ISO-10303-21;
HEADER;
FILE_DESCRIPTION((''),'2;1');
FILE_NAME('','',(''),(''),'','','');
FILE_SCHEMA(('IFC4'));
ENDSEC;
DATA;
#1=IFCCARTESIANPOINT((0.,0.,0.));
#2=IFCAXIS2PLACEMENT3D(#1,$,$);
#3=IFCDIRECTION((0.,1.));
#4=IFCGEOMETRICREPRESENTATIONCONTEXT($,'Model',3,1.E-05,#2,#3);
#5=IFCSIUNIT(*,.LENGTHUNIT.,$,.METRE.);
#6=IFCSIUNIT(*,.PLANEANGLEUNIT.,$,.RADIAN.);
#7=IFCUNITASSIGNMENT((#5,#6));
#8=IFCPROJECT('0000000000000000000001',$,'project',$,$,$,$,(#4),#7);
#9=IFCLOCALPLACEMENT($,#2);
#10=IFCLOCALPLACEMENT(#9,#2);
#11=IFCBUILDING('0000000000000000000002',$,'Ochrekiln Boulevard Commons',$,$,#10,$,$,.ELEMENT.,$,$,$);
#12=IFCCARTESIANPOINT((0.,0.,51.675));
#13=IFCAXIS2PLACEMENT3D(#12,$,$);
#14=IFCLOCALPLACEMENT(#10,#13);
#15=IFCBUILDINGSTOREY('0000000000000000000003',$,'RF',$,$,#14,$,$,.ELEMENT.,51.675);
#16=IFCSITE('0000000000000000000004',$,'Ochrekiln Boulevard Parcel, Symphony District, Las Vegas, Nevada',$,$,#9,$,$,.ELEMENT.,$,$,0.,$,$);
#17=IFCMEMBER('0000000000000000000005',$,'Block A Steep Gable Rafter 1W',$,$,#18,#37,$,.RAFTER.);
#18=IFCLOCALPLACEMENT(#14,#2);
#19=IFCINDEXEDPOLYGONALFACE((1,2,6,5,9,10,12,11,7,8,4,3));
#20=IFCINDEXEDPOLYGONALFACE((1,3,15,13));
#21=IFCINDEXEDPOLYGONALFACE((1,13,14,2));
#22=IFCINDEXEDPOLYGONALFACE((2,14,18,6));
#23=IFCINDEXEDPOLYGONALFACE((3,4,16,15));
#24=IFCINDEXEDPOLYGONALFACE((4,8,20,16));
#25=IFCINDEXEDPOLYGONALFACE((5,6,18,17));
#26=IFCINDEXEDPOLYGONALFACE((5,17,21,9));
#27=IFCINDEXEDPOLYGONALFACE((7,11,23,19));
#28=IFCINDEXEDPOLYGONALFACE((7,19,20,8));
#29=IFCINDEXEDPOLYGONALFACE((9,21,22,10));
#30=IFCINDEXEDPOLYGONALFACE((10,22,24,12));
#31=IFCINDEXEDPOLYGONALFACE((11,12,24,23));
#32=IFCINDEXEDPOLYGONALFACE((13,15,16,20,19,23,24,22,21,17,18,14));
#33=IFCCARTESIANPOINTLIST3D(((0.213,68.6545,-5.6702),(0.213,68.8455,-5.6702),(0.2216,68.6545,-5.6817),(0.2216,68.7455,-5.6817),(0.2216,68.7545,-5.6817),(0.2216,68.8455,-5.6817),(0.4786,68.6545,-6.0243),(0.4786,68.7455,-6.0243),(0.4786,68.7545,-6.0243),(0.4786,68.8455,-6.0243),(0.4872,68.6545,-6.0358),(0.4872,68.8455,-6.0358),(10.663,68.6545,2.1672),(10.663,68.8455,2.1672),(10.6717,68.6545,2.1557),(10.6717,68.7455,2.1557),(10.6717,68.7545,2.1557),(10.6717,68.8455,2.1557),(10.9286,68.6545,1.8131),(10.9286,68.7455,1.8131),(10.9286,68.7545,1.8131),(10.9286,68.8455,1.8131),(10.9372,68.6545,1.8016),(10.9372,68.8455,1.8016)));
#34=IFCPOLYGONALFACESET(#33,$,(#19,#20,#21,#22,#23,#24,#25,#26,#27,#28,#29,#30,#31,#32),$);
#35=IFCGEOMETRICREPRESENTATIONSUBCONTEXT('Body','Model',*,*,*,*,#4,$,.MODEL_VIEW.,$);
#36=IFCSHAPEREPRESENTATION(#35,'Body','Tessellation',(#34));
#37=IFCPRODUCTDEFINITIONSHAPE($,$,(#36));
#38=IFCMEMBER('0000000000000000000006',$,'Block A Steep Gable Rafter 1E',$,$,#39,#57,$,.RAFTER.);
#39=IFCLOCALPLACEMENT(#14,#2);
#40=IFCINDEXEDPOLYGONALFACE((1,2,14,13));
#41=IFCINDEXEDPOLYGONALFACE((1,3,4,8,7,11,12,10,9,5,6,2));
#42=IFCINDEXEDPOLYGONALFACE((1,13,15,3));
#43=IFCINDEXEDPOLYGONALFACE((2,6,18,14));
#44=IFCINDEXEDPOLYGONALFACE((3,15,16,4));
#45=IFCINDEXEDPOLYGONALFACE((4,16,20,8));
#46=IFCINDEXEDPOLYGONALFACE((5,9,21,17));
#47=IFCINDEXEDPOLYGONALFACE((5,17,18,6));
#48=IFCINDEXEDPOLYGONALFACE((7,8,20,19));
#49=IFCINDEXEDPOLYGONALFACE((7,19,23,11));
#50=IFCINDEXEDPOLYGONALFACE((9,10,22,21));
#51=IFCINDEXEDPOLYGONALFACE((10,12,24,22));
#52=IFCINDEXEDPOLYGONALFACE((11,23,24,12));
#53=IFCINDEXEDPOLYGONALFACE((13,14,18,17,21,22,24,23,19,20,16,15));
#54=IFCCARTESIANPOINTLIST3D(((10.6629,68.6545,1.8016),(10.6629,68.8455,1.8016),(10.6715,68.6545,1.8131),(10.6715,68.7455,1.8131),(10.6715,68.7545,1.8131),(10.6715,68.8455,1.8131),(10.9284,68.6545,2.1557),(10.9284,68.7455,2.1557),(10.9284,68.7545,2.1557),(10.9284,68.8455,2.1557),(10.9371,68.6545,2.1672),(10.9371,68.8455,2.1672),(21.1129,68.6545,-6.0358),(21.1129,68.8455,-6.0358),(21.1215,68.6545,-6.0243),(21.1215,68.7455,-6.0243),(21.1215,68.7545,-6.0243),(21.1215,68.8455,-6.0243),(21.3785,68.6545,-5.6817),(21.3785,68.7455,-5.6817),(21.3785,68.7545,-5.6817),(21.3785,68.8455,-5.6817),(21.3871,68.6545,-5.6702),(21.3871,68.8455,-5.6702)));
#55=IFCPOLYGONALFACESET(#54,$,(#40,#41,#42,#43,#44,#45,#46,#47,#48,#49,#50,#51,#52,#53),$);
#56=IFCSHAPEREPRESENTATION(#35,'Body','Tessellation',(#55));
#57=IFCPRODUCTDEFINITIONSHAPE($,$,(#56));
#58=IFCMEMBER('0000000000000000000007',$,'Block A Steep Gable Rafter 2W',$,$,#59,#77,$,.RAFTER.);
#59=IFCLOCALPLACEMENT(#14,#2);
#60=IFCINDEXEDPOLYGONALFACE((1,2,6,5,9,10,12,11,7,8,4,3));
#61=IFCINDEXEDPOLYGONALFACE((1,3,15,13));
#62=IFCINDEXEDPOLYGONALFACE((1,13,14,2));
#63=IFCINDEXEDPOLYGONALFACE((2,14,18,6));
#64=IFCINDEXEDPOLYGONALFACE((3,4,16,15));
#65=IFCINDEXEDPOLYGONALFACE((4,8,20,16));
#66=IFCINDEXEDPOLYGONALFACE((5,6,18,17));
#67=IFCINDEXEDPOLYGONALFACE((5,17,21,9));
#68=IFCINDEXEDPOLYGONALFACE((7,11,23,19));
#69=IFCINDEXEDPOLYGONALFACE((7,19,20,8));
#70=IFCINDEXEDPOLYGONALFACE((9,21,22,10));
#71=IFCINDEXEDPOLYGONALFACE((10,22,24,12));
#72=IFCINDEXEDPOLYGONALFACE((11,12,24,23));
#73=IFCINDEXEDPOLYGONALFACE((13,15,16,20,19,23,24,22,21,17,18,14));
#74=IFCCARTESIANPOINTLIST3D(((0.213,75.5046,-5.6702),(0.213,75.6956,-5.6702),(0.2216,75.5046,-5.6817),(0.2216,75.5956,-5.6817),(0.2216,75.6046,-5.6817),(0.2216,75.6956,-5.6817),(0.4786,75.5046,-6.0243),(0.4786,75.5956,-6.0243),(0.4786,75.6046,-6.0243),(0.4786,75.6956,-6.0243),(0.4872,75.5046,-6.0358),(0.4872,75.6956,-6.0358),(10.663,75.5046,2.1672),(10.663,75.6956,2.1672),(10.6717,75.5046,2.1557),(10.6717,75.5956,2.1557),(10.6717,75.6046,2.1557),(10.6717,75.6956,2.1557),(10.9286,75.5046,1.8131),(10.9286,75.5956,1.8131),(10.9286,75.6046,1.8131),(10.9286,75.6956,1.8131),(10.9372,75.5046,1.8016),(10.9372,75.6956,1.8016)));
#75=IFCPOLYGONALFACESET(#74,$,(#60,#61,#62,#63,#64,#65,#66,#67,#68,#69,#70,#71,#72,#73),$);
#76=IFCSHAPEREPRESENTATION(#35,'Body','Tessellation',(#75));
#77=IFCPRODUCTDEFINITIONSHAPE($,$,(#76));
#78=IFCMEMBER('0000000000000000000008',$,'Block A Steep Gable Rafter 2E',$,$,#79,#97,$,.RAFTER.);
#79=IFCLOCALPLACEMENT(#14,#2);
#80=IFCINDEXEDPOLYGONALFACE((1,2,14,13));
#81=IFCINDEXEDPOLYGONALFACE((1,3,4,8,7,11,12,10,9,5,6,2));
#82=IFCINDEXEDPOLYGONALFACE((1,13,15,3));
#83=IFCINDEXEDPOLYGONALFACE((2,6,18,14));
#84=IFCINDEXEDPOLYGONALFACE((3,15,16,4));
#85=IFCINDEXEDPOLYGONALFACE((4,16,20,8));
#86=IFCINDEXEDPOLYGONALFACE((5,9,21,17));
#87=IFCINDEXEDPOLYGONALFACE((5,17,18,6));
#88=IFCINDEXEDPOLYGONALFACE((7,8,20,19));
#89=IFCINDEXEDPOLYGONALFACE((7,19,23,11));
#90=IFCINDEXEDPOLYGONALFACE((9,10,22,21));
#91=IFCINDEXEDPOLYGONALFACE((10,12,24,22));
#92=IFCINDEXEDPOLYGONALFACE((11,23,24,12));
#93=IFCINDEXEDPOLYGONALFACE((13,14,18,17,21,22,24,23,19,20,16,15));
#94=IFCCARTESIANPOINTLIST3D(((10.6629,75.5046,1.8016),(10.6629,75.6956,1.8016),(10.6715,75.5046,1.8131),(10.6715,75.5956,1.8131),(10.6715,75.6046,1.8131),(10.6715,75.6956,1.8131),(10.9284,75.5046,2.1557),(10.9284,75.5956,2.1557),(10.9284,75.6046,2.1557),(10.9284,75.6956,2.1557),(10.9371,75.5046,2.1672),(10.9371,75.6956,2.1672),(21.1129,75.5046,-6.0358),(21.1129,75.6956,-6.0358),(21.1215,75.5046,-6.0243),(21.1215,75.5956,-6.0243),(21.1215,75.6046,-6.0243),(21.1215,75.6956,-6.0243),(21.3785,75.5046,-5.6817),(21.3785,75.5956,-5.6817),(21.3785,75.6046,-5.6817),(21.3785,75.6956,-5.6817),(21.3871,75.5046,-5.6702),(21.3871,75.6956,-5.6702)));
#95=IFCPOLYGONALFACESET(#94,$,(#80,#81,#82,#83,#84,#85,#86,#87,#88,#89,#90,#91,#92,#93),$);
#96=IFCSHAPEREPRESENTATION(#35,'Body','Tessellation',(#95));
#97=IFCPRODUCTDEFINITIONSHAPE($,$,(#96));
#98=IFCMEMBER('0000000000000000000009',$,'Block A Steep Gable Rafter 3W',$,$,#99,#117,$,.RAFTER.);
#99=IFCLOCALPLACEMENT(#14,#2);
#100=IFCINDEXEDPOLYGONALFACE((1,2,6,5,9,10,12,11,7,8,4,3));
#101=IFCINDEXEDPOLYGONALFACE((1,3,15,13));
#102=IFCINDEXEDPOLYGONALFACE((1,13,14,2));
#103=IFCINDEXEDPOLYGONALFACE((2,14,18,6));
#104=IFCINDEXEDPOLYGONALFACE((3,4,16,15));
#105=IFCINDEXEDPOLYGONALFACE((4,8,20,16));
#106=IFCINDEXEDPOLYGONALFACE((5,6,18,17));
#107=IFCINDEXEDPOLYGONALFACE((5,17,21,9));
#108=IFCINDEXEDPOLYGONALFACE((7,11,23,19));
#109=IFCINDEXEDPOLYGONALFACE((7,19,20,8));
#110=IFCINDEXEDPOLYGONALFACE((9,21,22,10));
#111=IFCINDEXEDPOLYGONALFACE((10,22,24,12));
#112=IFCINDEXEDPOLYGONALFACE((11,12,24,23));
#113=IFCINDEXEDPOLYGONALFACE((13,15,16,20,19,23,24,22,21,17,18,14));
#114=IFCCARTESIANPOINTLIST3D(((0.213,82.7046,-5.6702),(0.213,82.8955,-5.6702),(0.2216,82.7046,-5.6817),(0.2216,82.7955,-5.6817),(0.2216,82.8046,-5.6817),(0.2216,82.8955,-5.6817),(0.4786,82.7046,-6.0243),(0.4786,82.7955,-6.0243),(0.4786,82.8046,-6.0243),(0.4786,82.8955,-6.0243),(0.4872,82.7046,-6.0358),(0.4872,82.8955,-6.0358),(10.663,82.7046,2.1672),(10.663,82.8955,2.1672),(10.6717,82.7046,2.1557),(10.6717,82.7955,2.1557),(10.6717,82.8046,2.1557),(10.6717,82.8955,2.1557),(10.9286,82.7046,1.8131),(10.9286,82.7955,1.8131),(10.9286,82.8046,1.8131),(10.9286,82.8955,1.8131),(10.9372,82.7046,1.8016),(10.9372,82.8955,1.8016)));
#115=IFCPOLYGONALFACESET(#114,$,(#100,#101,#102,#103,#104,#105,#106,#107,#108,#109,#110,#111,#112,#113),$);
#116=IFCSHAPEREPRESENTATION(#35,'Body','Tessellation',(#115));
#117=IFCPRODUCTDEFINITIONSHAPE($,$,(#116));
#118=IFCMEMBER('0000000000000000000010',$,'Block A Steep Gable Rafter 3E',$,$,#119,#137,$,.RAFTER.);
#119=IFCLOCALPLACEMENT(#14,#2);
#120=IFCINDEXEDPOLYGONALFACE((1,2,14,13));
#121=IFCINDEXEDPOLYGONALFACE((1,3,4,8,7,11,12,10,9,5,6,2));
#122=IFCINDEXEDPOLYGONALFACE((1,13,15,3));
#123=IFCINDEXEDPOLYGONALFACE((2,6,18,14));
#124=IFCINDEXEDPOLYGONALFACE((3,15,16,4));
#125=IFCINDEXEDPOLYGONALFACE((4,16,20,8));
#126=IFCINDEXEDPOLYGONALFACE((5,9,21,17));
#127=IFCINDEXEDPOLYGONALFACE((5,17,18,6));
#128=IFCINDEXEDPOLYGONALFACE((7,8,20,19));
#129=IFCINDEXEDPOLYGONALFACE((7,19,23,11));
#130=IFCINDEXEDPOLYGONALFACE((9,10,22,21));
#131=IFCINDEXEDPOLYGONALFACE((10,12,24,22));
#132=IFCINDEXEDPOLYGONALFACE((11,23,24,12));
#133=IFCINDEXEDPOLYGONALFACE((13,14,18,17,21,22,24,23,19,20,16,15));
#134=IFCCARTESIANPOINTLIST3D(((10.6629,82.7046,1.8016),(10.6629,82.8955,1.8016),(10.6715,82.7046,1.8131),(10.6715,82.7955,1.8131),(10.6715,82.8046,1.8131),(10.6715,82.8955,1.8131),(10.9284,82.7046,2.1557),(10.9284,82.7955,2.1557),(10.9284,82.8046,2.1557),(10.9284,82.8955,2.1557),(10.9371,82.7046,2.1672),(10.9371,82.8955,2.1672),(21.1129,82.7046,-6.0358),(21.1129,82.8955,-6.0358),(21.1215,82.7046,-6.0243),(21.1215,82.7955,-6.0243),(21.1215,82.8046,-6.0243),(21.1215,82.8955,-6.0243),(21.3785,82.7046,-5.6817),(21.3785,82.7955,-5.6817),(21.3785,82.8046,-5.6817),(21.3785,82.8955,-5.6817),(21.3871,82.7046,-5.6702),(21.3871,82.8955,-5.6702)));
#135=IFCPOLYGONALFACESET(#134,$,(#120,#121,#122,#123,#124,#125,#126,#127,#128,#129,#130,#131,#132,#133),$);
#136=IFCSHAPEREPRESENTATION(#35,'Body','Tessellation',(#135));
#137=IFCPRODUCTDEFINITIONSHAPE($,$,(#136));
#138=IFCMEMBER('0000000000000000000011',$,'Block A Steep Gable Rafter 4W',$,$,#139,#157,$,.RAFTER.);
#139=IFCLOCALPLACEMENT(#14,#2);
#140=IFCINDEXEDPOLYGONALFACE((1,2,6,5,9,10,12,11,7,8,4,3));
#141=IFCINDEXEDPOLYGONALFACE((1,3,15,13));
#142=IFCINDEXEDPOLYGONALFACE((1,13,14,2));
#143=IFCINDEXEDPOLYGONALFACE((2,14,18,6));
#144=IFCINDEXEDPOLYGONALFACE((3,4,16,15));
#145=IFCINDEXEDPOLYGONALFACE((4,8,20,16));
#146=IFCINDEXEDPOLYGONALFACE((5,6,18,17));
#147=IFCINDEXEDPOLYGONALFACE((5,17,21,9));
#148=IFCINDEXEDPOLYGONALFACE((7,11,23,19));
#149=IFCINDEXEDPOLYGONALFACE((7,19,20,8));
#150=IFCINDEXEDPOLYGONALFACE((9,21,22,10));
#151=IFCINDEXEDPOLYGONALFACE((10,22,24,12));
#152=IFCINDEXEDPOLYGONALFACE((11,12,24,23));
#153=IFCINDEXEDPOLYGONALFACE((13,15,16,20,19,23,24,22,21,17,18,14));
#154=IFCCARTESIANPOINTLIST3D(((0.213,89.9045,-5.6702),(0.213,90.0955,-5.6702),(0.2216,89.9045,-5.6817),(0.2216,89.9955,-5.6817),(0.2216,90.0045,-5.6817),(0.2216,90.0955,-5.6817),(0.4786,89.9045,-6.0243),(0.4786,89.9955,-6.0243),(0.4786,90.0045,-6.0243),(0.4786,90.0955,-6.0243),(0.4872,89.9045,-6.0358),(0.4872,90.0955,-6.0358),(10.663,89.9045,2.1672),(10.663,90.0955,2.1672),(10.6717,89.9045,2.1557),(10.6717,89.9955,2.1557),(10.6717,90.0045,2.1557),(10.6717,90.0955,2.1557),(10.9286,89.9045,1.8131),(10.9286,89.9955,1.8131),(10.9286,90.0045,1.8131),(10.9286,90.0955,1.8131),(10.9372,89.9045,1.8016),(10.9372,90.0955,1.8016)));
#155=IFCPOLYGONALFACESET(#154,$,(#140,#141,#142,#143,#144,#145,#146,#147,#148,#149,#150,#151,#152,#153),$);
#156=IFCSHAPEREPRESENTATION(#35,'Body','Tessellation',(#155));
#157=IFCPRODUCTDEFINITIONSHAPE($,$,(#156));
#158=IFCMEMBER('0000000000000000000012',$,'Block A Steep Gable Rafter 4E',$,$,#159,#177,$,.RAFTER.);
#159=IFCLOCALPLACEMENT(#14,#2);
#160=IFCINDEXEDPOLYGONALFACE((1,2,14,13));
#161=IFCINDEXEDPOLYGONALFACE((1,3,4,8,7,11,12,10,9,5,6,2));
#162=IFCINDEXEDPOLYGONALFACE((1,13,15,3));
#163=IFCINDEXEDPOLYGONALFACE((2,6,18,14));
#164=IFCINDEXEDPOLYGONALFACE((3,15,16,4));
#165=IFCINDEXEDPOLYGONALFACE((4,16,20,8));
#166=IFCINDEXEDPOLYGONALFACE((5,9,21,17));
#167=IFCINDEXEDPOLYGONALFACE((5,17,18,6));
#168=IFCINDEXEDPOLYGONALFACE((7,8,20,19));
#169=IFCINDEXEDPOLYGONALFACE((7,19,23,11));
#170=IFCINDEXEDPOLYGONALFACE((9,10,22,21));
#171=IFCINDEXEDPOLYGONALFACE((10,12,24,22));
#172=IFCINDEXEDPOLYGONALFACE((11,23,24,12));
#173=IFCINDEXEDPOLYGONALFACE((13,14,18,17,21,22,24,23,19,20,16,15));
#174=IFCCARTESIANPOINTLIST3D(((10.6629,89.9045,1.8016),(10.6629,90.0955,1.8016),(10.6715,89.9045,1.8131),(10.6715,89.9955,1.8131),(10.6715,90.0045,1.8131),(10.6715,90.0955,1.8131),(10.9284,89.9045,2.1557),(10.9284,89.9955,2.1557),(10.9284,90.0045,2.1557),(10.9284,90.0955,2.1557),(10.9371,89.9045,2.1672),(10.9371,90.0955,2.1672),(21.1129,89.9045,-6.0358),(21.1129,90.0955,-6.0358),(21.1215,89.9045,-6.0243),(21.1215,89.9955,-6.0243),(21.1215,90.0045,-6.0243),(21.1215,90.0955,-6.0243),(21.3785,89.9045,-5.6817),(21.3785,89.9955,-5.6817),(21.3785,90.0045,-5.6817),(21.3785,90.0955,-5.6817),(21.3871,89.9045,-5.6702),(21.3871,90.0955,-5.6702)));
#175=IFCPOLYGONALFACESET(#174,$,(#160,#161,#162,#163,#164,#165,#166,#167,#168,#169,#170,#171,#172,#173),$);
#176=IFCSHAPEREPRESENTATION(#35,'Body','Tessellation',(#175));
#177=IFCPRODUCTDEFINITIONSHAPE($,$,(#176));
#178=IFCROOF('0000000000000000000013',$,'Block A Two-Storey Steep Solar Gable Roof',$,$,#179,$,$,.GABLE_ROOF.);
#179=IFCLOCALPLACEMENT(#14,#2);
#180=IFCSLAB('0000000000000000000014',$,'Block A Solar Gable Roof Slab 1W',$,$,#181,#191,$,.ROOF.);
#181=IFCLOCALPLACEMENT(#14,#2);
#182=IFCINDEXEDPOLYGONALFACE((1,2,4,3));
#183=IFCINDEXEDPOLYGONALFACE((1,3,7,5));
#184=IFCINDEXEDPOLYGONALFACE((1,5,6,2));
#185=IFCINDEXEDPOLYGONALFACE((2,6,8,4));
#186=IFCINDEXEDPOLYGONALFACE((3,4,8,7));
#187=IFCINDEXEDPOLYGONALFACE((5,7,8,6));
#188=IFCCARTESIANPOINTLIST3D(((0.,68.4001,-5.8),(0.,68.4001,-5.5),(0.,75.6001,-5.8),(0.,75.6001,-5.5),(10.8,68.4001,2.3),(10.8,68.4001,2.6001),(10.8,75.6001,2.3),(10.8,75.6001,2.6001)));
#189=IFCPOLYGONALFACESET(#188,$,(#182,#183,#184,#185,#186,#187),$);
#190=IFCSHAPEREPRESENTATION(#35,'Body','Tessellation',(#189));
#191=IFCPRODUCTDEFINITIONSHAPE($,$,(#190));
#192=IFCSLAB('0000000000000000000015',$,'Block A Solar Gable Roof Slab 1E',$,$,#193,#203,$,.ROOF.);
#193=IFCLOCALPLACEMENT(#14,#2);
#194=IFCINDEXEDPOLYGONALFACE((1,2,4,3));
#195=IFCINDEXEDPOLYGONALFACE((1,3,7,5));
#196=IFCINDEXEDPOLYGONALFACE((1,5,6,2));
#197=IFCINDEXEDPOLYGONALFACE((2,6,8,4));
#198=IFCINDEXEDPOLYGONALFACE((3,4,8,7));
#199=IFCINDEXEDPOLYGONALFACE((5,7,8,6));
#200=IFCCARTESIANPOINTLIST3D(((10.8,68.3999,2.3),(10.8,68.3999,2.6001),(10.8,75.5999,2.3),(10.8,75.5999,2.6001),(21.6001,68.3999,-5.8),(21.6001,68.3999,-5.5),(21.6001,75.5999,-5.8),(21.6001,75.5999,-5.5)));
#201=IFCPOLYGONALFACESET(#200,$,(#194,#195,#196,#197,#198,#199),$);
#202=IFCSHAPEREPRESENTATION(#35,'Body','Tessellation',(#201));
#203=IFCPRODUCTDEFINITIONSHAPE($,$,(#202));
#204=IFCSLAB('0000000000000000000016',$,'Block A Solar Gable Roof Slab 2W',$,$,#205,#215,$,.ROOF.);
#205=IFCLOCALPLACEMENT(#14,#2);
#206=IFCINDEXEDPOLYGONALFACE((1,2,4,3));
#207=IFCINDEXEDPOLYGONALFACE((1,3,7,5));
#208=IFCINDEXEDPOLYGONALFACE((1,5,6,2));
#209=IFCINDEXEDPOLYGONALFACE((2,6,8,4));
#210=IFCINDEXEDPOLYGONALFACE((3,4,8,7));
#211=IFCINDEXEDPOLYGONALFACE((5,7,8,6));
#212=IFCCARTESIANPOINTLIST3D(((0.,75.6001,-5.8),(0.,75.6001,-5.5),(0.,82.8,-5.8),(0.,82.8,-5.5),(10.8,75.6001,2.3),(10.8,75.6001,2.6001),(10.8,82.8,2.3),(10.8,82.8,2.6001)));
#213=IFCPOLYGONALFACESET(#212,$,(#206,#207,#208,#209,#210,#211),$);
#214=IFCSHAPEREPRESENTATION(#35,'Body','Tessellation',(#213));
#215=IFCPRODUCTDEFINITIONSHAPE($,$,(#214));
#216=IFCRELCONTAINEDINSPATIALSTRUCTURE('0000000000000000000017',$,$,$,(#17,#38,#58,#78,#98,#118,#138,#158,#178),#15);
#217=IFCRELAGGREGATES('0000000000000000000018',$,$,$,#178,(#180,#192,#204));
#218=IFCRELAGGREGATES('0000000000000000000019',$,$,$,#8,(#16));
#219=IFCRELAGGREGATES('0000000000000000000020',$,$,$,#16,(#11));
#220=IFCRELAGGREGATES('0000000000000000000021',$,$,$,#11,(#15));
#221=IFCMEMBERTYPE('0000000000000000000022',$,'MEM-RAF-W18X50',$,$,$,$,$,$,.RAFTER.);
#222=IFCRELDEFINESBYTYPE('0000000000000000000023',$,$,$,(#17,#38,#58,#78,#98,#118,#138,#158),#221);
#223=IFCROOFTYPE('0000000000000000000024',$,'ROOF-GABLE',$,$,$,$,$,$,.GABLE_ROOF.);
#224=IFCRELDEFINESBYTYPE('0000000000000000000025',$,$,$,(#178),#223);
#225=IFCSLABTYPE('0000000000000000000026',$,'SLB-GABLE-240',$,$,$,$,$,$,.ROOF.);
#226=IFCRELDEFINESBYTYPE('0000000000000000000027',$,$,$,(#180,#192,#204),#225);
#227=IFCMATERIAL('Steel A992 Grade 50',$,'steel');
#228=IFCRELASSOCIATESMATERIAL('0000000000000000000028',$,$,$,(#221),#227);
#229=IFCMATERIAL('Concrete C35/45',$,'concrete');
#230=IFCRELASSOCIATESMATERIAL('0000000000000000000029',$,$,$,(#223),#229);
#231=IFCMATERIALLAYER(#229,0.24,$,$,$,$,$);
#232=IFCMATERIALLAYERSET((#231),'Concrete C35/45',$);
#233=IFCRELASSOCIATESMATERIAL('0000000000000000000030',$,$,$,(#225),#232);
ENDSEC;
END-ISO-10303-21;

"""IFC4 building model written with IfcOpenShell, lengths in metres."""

from ifc_helpers import new_model, si_unit, direction, frame, origin, origin_2d, place, context, subcontext, project, spatial, polyline, i_section, outline, extrude, material, layer, layer_set, material_profile, profile_set, type_object, element, aggregate, save


model = new_model("IFC4")

# Units and contexts
model_context = context("Model", 3, precision=1e-05, world=origin(), true_north=direction((0.0, 1.0)))
body_context = subcontext(model_context, "Body", "Model", "MODEL_VIEW")
ifc_project = project(units=[si_unit("LENGTHUNIT", "METRE"), si_unit("PLANEANGLEUNIT", "RADIAN")], contexts=[model_context])

# Site, building, storey
site_placement = place(None, origin())
site = spatial("IfcSite", under=ifc_project, at=site_placement, Name="Ochrekiln Boulevard Parcel, Symphony District, Las Vegas, Nevada", CompositionType="ELEMENT", RefElevation=0.0)
building_placement = place(site_placement, origin())
building = spatial("IfcBuilding", under=site, at=building_placement, Name="Ochrekiln Boulevard Commons", CompositionType="ELEMENT")
storey_placement = place(building_placement, frame((0.0, 0.0, 51.675)))
storey = spatial("IfcBuildingStorey", under=building, at=storey_placement, Name="RF", CompositionType="ELEMENT", Elevation=51.675)

# Shared definitions
ifc_material_1 = material(Name="Steel A992 Grade 50", Category="steel")

# Members
ifc_material_profile_1 = material_profile(ifc_material_1, i_section(OverallWidth=0.1909, OverallDepth=0.457, WebThickness=0.009, FlangeThickness=0.0144, at=origin_2d()), Name="W18X50")
ifc_profile_set_1 = profile_set([ifc_material_profile_1], Name="Steel A992 Grade 50")
member_type_1 = type_object("IfcMemberType", Name="MEM-RAF-W18X50", PredefinedType="RAFTER", material=ifc_profile_set_1)
for number, where, z_axis, x_axis, name in (
    (1, (0.3501, 68.75, -5.853), (0.800002, 0.0, 0.599997), (0.0, 1.0, 0.0), "Block A Steep Gable Rafter 1W"),
    (2, (21.25, 68.75, -5.853), (-0.800002, 0.0, 0.599997), (0.0, -1.0, 0.0), "Block A Steep Gable Rafter 1E"),
    (3, (0.3501, 75.6001, -5.853), (0.800002, 0.0, 0.599997), (0.0, 1.0, 0.0), "Block A Steep Gable Rafter 2W"),
    (4, (21.25, 75.6001, -5.853), (-0.800002, 0.0, 0.599997), (0.0, -1.0, 0.0), "Block A Steep Gable Rafter 2E"),
    (5, (0.3501, 82.8, -5.853), (0.800002, 0.0, 0.599997), (0.0, 1.0, 0.0), "Block A Steep Gable Rafter 3W"),
    (6, (21.25, 82.8, -5.853), (-0.800002, 0.0, 0.599997), (0.0, -1.0, 0.0), "Block A Steep Gable Rafter 3E"),
    (7, (0.3501, 90.0, -5.853), (0.800002, 0.0, 0.599997), (0.0, 1.0, 0.0), "Block A Steep Gable Rafter 4W"),
    (8, (21.25, 90.0, -5.853), (-0.800002, 0.0, 0.599997), (0.0, -1.0, 0.0), "Block A Steep Gable Rafter 4E"),
):
    element("IfcMember", number, at=place(storey_placement, frame(where, z_axis=z_axis, x_axis=x_axis)), inside=storey, type_object=member_type_1, Name=name, PredefinedType="RAFTER", context=body_context, shape_type="SweptSolid", body=[
        extrude(i_section(OverallWidth=0.1909, OverallDepth=0.457, WebThickness=0.009, FlangeThickness=0.0144, at=origin_2d()), origin(), (0.0, 0.0, 1.0), 13.0625),
    ])

# Roof, slabs
ifc_material_2 = material(Name="Concrete C35/45", Category="concrete")
roof_type = type_object("IfcRoofType", Name="ROOF-GABLE", PredefinedType="GABLE_ROOF", material=ifc_material_2)
roof_placement = place(storey_placement, origin())
roof = element("IfcRoof", 9, at=roof_placement, inside=storey, type_object=roof_type, Name="Block A Two-Storey Steep Solar Gable Roof", PredefinedType="GABLE_ROOF")
ifc_layer_1 = layer(ifc_material_2, 0.24)
ifc_layer_set_1 = layer_set([ifc_layer_1], Name="Concrete C35/45")
slab_type = type_object("IfcSlabType", Name="SLB-GABLE-240", PredefinedType="ROOF", material=ifc_layer_set_1)
slab_1_placement = place(storey_placement, frame((0.0, 75.6001, -5.5), z_axis=(0.0, -1.0, 0.0), x_axis=(1.0, 0.0, 0.0)))
slab_1 = element("IfcSlab", 10, at=slab_1_placement, type_object=slab_type, Name="Block A Solar Gable Roof Slab 1W", PredefinedType="ROOF", context=body_context, shape_type="SweptSolid", body=[
    extrude(outline(polyline([(0.0, 0.0), (10.8, 8.1001), (10.8, 7.8), (0.0, -0.3), (0.0, 0.0)])), origin(), (0.0, 0.0, 1.0), 7.2),
])
slab_2_placement = place(storey_placement, frame((21.6001, 68.3999, -5.5), z_axis=(0.0, 1.0, 0.0), x_axis=(-1.0, 0.0, 0.0)))
slab_2 = element("IfcSlab", 11, at=slab_2_placement, type_object=slab_type, Name="Block A Solar Gable Roof Slab 1E", PredefinedType="ROOF", context=body_context, shape_type="SweptSolid", body=[
    extrude(outline(polyline([(0.0, 0.0), (10.8, 8.1001), (10.8, 7.8), (0.0, -0.3), (0.0, 0.0)])), origin(), (0.0, 0.0, 1.0), 7.2),
])
slab_3_placement = place(storey_placement, frame((0.0, 82.8, -5.5), z_axis=(0.0, -1.0, 0.0), x_axis=(1.0, 0.0, 0.0)))
slab_3 = element("IfcSlab", 12, at=slab_3_placement, type_object=slab_type, Name="Block A Solar Gable Roof Slab 2W", PredefinedType="ROOF", context=body_context, shape_type="SweptSolid", body=[
    extrude(outline(polyline([(0.0, 0.0), (10.8, 8.1001), (10.8, 7.8), (0.0, -0.3), (0.0, 0.0)])), origin(), (0.0, 0.0, 1.0), 7.2),
])
aggregate(roof, [slab_1, slab_2, slab_3])

save(model, "model.ifc")
